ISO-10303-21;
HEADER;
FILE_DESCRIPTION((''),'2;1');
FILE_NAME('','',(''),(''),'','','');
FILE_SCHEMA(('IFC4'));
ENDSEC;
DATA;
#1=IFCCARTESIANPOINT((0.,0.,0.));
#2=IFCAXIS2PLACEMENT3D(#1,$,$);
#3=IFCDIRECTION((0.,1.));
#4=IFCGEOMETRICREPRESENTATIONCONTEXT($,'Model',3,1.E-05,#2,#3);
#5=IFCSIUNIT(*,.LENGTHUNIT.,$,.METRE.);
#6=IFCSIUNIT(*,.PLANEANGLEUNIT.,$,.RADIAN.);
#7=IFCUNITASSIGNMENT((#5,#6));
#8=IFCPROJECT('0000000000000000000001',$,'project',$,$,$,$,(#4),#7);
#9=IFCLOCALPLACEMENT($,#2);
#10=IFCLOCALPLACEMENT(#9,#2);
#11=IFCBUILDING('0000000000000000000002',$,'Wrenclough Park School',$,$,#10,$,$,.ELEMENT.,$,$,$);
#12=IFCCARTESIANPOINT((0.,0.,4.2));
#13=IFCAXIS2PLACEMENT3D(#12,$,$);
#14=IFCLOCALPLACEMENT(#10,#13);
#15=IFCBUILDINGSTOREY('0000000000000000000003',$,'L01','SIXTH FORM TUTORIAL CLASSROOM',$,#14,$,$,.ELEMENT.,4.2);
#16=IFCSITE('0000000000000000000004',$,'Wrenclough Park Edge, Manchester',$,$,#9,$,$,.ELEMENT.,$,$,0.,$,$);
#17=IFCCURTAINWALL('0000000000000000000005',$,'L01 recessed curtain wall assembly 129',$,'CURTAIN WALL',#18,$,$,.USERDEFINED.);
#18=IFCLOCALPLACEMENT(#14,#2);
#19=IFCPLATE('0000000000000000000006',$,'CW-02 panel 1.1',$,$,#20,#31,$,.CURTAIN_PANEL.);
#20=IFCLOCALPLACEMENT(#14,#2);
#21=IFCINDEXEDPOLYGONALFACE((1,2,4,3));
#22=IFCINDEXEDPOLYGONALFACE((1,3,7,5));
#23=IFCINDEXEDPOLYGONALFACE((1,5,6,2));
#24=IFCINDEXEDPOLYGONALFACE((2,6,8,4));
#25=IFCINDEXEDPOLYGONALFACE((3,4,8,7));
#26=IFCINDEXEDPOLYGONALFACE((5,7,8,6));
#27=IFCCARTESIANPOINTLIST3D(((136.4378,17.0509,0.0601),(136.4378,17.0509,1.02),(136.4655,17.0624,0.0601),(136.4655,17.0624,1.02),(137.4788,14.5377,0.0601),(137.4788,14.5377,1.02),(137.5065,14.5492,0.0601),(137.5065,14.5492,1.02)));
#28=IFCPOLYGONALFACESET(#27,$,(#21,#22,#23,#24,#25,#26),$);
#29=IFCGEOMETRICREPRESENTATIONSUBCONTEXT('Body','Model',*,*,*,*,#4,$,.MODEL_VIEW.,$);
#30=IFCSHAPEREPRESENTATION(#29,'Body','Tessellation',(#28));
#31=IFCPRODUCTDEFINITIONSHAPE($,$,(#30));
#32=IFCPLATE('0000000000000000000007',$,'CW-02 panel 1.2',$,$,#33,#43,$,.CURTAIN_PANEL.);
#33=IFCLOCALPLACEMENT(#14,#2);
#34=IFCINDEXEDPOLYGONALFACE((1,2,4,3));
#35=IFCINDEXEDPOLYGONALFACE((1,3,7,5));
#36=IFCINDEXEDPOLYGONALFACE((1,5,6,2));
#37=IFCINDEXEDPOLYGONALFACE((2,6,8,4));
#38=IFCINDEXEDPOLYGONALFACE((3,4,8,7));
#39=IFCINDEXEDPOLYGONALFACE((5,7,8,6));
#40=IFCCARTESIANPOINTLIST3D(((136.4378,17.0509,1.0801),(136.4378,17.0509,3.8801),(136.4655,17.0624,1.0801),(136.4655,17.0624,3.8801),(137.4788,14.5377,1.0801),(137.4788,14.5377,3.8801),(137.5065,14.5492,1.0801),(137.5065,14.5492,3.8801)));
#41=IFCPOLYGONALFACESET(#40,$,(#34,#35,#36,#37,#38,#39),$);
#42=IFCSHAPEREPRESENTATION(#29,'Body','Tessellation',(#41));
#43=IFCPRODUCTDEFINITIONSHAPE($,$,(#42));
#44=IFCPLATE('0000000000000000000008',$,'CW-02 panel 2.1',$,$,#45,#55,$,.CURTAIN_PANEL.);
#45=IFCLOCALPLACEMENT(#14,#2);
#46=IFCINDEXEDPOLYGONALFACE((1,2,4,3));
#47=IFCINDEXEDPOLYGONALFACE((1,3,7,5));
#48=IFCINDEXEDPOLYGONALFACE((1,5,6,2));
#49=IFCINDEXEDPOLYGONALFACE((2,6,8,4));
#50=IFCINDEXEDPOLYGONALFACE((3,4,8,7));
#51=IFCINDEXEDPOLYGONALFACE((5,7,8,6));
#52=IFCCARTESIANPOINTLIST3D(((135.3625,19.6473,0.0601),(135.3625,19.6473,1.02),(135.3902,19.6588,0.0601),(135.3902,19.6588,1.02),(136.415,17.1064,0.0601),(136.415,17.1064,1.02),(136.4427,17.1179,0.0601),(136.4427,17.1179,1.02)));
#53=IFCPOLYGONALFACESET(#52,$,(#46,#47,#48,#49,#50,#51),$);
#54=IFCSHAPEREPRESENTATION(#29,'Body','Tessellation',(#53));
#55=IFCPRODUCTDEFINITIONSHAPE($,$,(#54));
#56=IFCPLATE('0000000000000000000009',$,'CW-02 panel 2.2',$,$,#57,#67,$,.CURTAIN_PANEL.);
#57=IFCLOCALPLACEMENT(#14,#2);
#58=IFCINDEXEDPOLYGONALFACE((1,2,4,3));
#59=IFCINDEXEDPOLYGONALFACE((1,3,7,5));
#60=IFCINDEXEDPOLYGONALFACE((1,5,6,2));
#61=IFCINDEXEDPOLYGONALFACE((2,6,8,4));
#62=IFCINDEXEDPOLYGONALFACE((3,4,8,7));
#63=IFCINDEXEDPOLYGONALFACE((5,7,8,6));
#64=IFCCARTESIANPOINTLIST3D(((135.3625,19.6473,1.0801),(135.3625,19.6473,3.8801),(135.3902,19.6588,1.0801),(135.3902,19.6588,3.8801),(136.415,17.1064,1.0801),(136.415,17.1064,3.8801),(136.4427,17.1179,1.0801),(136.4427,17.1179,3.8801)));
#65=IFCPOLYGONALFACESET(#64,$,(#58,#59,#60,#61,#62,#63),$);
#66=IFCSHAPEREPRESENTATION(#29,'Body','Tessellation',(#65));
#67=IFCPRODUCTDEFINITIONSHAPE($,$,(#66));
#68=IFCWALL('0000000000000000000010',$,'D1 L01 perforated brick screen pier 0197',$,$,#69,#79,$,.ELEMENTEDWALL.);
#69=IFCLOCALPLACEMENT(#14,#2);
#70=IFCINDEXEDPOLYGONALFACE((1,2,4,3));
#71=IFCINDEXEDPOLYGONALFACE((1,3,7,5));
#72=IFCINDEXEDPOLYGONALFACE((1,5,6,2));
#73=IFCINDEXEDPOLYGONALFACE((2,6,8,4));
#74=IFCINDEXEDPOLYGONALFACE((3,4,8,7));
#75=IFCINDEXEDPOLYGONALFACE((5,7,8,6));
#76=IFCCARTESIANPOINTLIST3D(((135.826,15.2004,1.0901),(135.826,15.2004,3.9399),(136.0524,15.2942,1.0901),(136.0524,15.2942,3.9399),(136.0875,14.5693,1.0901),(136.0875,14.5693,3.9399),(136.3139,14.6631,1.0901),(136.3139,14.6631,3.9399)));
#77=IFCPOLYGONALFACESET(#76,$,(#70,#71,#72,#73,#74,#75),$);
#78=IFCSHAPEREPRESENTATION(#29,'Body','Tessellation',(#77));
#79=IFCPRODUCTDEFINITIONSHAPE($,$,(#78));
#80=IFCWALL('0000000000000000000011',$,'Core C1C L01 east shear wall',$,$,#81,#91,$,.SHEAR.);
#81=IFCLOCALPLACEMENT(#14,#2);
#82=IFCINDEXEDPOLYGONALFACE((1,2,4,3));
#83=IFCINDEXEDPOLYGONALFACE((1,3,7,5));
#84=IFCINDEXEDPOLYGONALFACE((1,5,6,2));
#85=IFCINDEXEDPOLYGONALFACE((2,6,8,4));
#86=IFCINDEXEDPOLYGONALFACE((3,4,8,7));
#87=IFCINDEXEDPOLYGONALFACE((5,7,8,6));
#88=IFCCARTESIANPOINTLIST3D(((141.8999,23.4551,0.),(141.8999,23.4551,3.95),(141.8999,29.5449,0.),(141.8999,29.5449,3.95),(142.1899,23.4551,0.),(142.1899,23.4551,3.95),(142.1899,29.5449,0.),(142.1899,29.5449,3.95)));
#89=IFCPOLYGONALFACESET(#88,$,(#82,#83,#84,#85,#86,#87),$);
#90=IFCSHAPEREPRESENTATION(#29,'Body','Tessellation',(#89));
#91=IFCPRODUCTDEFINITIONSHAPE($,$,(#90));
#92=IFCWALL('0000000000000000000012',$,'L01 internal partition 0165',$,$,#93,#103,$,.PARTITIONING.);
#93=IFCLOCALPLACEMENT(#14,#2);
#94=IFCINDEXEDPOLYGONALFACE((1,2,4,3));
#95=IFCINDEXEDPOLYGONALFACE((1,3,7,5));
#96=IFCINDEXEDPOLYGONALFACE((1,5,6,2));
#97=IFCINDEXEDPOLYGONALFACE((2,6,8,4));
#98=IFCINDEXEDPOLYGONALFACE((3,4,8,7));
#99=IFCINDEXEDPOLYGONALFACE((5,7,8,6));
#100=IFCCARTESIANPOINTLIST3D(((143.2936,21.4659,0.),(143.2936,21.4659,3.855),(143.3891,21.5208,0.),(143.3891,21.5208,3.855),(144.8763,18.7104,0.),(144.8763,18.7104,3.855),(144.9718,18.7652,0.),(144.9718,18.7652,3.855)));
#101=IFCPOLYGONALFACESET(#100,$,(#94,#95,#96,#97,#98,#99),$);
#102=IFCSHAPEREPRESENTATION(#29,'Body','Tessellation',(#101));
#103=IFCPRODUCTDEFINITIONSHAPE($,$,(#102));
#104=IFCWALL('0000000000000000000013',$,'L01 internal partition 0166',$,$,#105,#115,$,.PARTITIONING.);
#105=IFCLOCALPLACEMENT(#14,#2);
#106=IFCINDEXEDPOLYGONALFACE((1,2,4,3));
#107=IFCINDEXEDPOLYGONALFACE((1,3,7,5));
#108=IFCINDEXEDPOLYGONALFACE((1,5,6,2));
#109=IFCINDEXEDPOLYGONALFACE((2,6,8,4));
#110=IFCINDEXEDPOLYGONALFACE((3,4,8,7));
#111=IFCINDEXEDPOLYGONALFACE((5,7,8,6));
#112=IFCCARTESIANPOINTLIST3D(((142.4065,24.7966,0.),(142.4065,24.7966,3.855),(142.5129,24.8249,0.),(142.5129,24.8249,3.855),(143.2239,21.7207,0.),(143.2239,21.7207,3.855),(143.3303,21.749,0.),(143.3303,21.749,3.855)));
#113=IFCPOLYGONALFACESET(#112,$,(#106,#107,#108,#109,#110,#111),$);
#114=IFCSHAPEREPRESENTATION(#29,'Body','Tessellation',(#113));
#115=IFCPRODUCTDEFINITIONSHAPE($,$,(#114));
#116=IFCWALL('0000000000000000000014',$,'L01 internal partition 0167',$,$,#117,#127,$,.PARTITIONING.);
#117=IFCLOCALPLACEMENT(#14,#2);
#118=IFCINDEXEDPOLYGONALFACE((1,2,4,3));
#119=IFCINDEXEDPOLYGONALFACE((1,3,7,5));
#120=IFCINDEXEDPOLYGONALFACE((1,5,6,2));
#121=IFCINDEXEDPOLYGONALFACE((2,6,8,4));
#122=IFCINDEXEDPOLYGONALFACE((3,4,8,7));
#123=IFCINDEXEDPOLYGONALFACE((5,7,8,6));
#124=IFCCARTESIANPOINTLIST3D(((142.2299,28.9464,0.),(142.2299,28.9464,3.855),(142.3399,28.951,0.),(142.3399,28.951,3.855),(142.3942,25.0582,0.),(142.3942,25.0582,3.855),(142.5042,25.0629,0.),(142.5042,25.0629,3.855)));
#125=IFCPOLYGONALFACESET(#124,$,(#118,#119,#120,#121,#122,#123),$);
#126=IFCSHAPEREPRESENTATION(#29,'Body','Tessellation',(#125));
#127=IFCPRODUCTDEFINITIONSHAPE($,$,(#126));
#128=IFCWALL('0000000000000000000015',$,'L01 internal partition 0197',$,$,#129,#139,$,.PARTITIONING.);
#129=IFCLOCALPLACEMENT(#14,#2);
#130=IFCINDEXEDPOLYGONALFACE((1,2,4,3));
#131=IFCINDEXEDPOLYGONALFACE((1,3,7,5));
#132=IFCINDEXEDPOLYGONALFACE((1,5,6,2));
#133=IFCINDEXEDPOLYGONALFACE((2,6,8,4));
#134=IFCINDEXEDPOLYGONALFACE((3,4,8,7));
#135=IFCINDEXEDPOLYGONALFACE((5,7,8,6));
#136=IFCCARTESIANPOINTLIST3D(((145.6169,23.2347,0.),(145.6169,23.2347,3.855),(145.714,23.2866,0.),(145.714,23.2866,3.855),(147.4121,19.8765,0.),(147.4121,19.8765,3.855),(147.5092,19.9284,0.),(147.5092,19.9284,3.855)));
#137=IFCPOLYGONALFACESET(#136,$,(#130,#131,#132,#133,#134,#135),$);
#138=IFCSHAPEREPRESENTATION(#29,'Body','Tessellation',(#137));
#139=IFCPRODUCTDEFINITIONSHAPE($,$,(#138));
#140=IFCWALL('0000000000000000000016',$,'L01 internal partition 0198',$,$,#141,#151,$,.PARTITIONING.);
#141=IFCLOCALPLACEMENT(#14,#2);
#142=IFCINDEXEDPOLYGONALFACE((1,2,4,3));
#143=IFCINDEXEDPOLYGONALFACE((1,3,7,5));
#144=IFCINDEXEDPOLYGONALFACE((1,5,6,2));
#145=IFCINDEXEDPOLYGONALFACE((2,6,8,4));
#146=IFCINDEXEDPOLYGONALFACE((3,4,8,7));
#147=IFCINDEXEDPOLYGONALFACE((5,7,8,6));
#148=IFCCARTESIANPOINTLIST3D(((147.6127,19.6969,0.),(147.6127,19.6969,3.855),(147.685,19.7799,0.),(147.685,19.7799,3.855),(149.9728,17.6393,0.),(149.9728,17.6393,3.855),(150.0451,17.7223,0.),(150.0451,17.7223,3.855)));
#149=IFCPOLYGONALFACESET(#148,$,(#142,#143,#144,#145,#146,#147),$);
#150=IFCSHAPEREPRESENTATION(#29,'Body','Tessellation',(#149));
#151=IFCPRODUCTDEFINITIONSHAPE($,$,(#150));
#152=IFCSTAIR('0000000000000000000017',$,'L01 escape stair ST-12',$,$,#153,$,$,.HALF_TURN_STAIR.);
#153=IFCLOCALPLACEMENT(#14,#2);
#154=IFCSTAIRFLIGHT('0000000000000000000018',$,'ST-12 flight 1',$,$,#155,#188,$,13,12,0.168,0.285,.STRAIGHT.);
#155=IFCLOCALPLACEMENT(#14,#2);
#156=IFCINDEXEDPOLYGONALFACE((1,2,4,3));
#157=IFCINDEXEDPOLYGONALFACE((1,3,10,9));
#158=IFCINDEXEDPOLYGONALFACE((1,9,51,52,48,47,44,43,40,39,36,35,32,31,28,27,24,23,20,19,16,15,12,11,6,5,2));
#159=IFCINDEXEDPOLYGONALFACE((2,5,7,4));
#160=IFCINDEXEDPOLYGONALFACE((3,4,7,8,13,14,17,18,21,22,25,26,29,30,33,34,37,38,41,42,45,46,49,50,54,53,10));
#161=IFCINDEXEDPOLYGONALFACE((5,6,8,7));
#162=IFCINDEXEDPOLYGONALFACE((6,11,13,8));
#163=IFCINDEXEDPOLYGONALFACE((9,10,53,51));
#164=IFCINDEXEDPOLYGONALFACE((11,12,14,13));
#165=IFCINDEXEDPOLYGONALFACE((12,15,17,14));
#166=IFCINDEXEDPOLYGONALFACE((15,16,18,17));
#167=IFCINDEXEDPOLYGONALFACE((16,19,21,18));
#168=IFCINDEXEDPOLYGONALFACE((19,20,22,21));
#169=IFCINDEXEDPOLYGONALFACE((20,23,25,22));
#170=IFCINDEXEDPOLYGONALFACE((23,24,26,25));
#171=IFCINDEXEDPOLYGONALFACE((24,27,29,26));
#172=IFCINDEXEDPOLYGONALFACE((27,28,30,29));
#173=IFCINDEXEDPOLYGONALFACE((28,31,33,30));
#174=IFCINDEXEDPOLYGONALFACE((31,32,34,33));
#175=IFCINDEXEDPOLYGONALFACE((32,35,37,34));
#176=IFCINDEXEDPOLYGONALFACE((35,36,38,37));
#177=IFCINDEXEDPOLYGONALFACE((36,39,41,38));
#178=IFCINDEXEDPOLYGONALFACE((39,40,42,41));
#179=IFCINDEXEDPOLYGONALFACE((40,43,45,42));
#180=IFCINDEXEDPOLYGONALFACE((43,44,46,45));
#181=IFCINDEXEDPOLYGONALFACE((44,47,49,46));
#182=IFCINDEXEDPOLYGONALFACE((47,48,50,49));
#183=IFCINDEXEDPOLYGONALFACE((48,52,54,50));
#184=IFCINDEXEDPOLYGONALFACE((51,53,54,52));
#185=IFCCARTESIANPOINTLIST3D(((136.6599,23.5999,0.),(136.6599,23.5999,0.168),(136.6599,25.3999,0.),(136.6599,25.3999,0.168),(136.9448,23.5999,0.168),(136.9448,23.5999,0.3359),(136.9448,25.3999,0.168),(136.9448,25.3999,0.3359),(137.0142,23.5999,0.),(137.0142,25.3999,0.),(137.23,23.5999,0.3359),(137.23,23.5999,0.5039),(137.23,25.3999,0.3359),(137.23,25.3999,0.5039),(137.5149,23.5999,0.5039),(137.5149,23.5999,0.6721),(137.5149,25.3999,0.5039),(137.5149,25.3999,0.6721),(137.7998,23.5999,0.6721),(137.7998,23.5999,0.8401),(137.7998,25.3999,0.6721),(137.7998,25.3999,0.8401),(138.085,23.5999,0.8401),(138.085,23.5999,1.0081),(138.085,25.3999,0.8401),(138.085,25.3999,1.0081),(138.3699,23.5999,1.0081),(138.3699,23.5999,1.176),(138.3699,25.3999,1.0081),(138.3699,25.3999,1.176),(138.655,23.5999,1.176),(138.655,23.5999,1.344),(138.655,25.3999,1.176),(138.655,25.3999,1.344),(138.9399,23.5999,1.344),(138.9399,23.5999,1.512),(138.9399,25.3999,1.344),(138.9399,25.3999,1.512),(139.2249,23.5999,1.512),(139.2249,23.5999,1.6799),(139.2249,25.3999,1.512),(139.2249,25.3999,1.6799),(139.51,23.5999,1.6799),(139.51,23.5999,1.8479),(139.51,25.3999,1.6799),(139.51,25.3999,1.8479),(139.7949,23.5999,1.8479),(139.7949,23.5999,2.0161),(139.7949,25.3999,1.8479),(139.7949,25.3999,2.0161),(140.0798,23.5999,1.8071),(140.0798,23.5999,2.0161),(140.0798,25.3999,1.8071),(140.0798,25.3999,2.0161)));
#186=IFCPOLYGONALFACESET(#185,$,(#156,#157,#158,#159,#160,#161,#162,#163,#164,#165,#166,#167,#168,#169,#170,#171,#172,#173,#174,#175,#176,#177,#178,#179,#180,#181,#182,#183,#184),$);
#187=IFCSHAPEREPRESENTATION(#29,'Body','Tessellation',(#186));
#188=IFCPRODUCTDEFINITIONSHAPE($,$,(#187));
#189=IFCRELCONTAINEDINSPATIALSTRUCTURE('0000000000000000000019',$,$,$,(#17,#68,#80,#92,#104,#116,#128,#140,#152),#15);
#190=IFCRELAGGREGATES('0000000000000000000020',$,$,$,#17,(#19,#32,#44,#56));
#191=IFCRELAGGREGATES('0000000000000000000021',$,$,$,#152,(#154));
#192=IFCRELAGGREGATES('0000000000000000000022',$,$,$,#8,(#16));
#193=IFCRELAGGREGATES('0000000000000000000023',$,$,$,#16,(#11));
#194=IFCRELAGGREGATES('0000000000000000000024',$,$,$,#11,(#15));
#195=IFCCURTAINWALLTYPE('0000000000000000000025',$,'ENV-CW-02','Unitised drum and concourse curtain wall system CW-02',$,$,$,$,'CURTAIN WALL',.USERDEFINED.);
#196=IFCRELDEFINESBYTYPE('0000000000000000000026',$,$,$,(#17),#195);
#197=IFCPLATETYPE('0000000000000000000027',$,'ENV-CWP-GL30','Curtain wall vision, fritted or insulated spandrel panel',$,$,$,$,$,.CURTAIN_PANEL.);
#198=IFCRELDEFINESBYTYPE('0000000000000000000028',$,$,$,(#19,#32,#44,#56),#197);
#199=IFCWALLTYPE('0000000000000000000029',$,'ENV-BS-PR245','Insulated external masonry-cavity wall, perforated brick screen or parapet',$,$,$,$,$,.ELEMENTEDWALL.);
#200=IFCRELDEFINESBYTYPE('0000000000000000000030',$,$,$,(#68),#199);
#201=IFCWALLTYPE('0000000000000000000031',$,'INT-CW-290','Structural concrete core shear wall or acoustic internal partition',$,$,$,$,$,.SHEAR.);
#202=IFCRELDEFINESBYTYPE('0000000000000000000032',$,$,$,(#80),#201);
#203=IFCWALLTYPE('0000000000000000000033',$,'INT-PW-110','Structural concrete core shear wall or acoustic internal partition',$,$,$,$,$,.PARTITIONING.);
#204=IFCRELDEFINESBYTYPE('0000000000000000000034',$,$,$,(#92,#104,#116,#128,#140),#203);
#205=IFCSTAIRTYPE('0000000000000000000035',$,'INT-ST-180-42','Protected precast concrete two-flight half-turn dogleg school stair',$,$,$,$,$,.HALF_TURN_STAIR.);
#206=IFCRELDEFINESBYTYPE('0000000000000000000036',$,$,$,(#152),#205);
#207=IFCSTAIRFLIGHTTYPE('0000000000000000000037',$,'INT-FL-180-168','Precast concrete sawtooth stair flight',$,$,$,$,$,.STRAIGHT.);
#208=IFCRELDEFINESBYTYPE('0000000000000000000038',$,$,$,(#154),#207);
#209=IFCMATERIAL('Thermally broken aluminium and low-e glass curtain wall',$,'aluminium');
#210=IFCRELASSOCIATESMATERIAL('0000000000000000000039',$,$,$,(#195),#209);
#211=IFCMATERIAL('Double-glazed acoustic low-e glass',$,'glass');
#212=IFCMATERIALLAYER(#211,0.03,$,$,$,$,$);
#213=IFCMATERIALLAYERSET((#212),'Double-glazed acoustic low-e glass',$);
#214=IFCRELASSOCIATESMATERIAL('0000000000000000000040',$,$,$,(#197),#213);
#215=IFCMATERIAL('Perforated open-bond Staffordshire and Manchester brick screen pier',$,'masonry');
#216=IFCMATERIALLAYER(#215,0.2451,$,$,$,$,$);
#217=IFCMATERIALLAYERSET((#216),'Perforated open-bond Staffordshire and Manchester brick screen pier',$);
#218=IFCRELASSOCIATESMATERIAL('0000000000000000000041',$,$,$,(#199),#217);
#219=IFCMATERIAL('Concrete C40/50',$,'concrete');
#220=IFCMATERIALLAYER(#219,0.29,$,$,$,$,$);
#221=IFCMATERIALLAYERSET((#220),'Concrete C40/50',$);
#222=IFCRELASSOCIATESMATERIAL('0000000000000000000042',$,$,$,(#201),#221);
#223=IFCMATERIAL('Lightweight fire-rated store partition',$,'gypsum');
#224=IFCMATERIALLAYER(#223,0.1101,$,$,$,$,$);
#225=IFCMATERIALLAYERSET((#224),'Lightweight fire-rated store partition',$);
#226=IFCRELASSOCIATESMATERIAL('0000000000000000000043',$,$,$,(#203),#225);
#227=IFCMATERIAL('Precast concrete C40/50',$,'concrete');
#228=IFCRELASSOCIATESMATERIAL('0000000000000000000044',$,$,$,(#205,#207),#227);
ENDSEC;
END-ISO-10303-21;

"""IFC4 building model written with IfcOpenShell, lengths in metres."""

from ifc_helpers import new_model, si_unit, direction, frame, frame_2d, origin, origin_2d, place, context, subcontext, project, spatial, polyline, rectangle, outline, extrude, material, layer, layer_set, type_object, element, aggregate, save


model = new_model("IFC4")

# Units and contexts
model_context = context("Model", 3, precision=1e-05, world=origin(), true_north=direction((0.0, 1.0)))
body_context = subcontext(model_context, "Body", "Model", "MODEL_VIEW")
ifc_project = project(units=[si_unit("LENGTHUNIT", "METRE"), si_unit("PLANEANGLEUNIT", "RADIAN")], contexts=[model_context])

# Site, building, storey
site_placement = place(None, origin())
site = spatial("IfcSite", under=ifc_project, at=site_placement, Name="Wrenclough Park Edge, Manchester", CompositionType="ELEMENT", RefElevation=0.0)
building_placement = place(site_placement, origin())
building = spatial("IfcBuilding", under=site, at=building_placement, Name="Wrenclough Park School", CompositionType="ELEMENT")
storey_placement = place(building_placement, frame((0.0, 0.0, 4.2)))
storey = spatial("IfcBuildingStorey", under=building, at=storey_placement, Name="L01", Description="SIXTH FORM TUTORIAL CLASSROOM", CompositionType="ELEMENT", Elevation=4.2)

# Curtain wall
ifc_material_1 = material(Name="Thermally broken aluminium and low-e glass curtain wall", Category="aluminium")
curtain_wall_type = type_object("IfcCurtainWallType", Name="ENV-CW-02", Description="Unitised drum and concourse curtain wall system CW-02", ElementType="CURTAIN WALL", PredefinedType="USERDEFINED", material=ifc_material_1)
curtain_wall_placement = place(storey_placement, origin())
curtain_wall = element("IfcCurtainWall", 1, at=curtain_wall_placement, inside=storey, type_object=curtain_wall_type, Name="L01 recessed curtain wall assembly 129", ObjectType="CURTAIN WALL", PredefinedType="USERDEFINED")

# Plates
ifc_material_2 = material(Name="Double-glazed acoustic low-e glass", Category="glass")
ifc_layer_1 = layer(ifc_material_2, 0.03)
ifc_layer_set_1 = layer_set([ifc_layer_1], Name="Double-glazed acoustic low-e glass")
plate_type = type_object("IfcPlateType", Name="ENV-CWP-GL30", Description="Curtain wall vision, fritted or insulated spandrel panel", PredefinedType="CURTAIN_PANEL", material=ifc_layer_set_1)
plate_1_placement = place(storey_placement, frame((136.9722, 15.8, 0.0601), z_axis=(0.0, 0.0, 1.0), x_axis=(-0.382687, 0.923878, 0.0)))
plate_1 = element("IfcPlate", 2, at=plate_1_placement, type_object=plate_type, Name="CW-02 panel 1.1", PredefinedType="CURTAIN_PANEL", context=body_context, shape_type="SweptSolid", body=[
    extrude(rectangle(XDim=2.7202, YDim=0.03, at=origin_2d()), origin(), (0.0, 0.0, 1.0), 0.96),
])
plate_2_placement = place(storey_placement, frame((136.9722, 15.8, 1.0801), z_axis=(0.0, 0.0, 1.0), x_axis=(-0.382687, 0.923878, 0.0)))
plate_2 = element("IfcPlate", 3, at=plate_2_placement, type_object=plate_type, Name="CW-02 panel 1.2", PredefinedType="CURTAIN_PANEL", context=body_context, shape_type="SweptSolid", body=[
    extrude(rectangle(XDim=2.7202, YDim=0.03, at=origin_2d()), origin(), (0.0, 0.0, 1.0), 2.8),
])
plate_3_placement = place(storey_placement, frame((135.9026, 18.3826, 0.0601), z_axis=(0.0, 0.0, 1.0), x_axis=(-0.382687, 0.923878, 0.0)))
plate_3 = element("IfcPlate", 4, at=plate_3_placement, type_object=plate_type, Name="CW-02 panel 2.1", PredefinedType="CURTAIN_PANEL", context=body_context, shape_type="SweptSolid", body=[
    extrude(rectangle(XDim=2.7502, YDim=0.03, at=origin_2d()), origin(), (0.0, 0.0, 1.0), 0.96),
])
plate_4_placement = place(storey_placement, frame((135.9026, 18.3826, 1.0801), z_axis=(0.0, 0.0, 1.0), x_axis=(-0.382687, 0.923878, 0.0)))
plate_4 = element("IfcPlate", 5, at=plate_4_placement, type_object=plate_type, Name="CW-02 panel 2.2", PredefinedType="CURTAIN_PANEL", context=body_context, shape_type="SweptSolid", body=[
    extrude(rectangle(XDim=2.7502, YDim=0.03, at=origin_2d()), origin(), (0.0, 0.0, 1.0), 2.8),
])
aggregate(curtain_wall, [plate_1, plate_2, plate_3, plate_4])

# Walls
ifc_material_3 = material(Name="Perforated open-bond Staffordshire and Manchester brick screen pier", Category="masonry")
ifc_layer_2 = layer(ifc_material_3, 0.2451)
ifc_layer_set_2 = layer_set([ifc_layer_2], Name="Perforated open-bond Staffordshire and Manchester brick screen pier")
wall_type_1 = type_object("IfcWallType", Name="ENV-BS-PR245", Description="Insulated external masonry-cavity wall, perforated brick screen or parapet", PredefinedType="ELEMENTEDWALL", material=ifc_layer_set_2)
wall_1_placement = place(storey_placement, frame((135.9392, 15.2473, 1.0901), z_axis=(0.0, 0.0, 1.0), x_axis=(0.382762, -0.923847, 0.0)))
element("IfcWall", 6, at=wall_1_placement, inside=storey, type_object=wall_type_1, Name="D1 L01 perforated brick screen pier 0197", PredefinedType="ELEMENTEDWALL", context=body_context, shape_type="SweptSolid", body=[
    extrude(rectangle(XDim=0.6831, YDim=0.2451, at=frame_2d((0.3416, 0.0))), origin(), (0.0, 0.0, 1.0), 2.8499),
])
ifc_material_4 = material(Name="Concrete C40/50", Category="concrete")
ifc_layer_3 = layer(ifc_material_4, 0.29)
ifc_layer_set_3 = layer_set([ifc_layer_3], Name="Concrete C40/50")
wall_type_2 = type_object("IfcWallType", Name="INT-CW-290", Description="Structural concrete core shear wall or acoustic internal partition", PredefinedType="SHEAR", material=ifc_layer_set_3)
wall_2_placement = place(storey_placement, frame((142.0449, 23.4551, 0.0), z_axis=(0.0, 0.0, 1.0), x_axis=(0.0, 1.0, 0.0)))
element("IfcWall", 7, at=wall_2_placement, inside=storey, type_object=wall_type_2, Name="Core C1C L01 east shear wall", PredefinedType="SHEAR", context=body_context, shape_type="SweptSolid", body=[
    extrude(rectangle(XDim=6.0898, YDim=0.29, at=frame_2d((3.0449, 0.0))), origin(), (0.0, 0.0, 1.0), 3.95),
])

# Shared definitions
ifc_material_5 = material(Name="Lightweight fire-rated store partition", Category="gypsum")
ifc_layer_4 = layer(ifc_material_5, 0.1101)
ifc_layer_set_4 = layer_set([ifc_layer_4], Name="Lightweight fire-rated store partition")
wall_type_3 = type_object("IfcWallType", Name="INT-PW-110", Description="Structural concrete core shear wall or acoustic internal partition", PredefinedType="PARTITIONING", material=ifc_layer_set_4)

# Walls
wall_3_placement = place(storey_placement, frame((144.9241, 18.7378, 0.0), z_axis=(0.0, 0.0, 1.0), x_axis=(-0.498065, 0.867139, 0.0)))
element("IfcWall", 8, at=wall_3_placement, inside=storey, type_object=wall_type_3, Name="L01 internal partition 0165", PredefinedType="PARTITIONING", context=body_context, shape_type="SweptSolid", body=[
    extrude(rectangle(XDim=3.1777, YDim=0.1101, at=frame_2d((1.5889, 0.0))), origin(), (0.0, 0.0, 1.0), 3.855),
])
wall_4_placement = place(storey_placement, frame((143.2771, 21.7349, 0.0), z_axis=(0.0, 0.0, 1.0), x_axis=(-0.256822, 0.966459, 0.0)))
element("IfcWall", 9, at=wall_4_placement, inside=storey, type_object=wall_type_3, Name="L01 internal partition 0166", PredefinedType="PARTITIONING", context=body_context, shape_type="SweptSolid", body=[
    extrude(rectangle(XDim=3.1826, YDim=0.1101, at=frame_2d((1.5913, 0.0))), origin(), (0.0, 0.0, 1.0), 3.855),
])
wall_5_placement = place(storey_placement, frame((142.4492, 25.0605, 0.0), z_axis=(0.0, 0.0, 1.0), x_axis=(-0.04222, 0.999108, 0.0)))
element("IfcWall", 10, at=wall_5_placement, inside=storey, type_object=wall_type_3, Name="L01 internal partition 0167", PredefinedType="PARTITIONING", context=body_context, shape_type="SweptSolid", body=[
    extrude(rectangle(XDim=3.8916, YDim=0.1101, at=frame_2d((1.9458, 0.0))), origin(), (0.0, 0.0, 1.0), 3.855),
])
wall_6_placement = place(storey_placement, frame((145.6655, 23.2605, 0.0), z_axis=(0.0, 0.0, 1.0), x_axis=(0.471437, -0.8819, 0.0)))
element("IfcWall", 11, at=wall_6_placement, inside=storey, type_object=wall_type_3, Name="L01 internal partition 0197", PredefinedType="PARTITIONING", context=body_context, shape_type="SweptSolid", body=[
    extrude(rectangle(XDim=3.8079, YDim=0.1101, at=frame_2d((1.9038, 0.0))), origin(), (0.0, 0.0, 1.0), 3.855),
])
wall_7_placement = place(storey_placement, frame((147.6489, 19.7383, 0.0), z_axis=(0.0, 0.0, 1.0), x_axis=(0.753759, -0.657151, 0.0)))
element("IfcWall", 12, at=wall_7_placement, inside=storey, type_object=wall_type_3, Name="L01 internal partition 0198", PredefinedType="PARTITIONING", context=body_context, shape_type="SweptSolid", body=[
    extrude(rectangle(XDim=3.1311, YDim=0.1101, at=frame_2d((1.5654, 0.0))), origin(), (0.0, 0.0, 1.0), 3.855),
])

# Stair, stair flight
ifc_material_6 = material(Name="Precast concrete C40/50", Category="concrete")
stair_type = type_object("IfcStairType", Name="INT-ST-180-42", Description="Protected precast concrete two-flight half-turn dogleg school stair", PredefinedType="HALF_TURN_STAIR", material=ifc_material_6)
stair_placement = place(storey_placement, origin())
stair = element("IfcStair", 13, at=stair_placement, inside=storey, type_object=stair_type, Name="L01 escape stair ST-12", PredefinedType="HALF_TURN_STAIR")
stair_flight_type = type_object("IfcStairFlightType", Name="INT-FL-180-168", Description="Precast concrete sawtooth stair flight", PredefinedType="STRAIGHT", material=ifc_material_6)
stair_flight_placement = place(storey_placement, frame((136.6599, 24.5, 0.0), z_axis=(0.0, 0.0, 1.0), x_axis=(1.0, 0.0, 0.0)))
stair_flight = element("IfcStairFlight", 14, at=stair_flight_placement, type_object=stair_flight_type, Name="ST-12 flight 1", NumberOfRisers=13, NumberOfTreads=12, PredefinedType="STRAIGHT", RiserHeight=0.168, TreadLength=0.285, context=body_context, shape_type="SweptSolid", body=[
    extrude(outline(polyline([(0.0, 0.0), (0.0, 0.168), (0.2849, 0.168), (0.2849, 0.3359), (0.5701, 0.3359), (0.5701, 0.5039), (0.855, 0.5039), (0.855, 0.6721), (1.1399, 0.6721), (1.1399, 0.8401), (1.425, 0.8401), (1.425, 1.0081), (1.71, 1.0081), (1.71, 1.176), (1.9951, 1.176), (1.9951, 1.344), (2.28, 1.344), (2.28, 1.512), (2.5649, 1.512), (2.5649, 1.6799), (2.8501, 1.6799), (2.8501, 1.8479), (3.135, 1.8479), (3.135, 2.0161), (3.4199, 2.0161), (3.4199, 2.1841), (3.4199, 1.8071), (0.3542, 0.0), (0.0, 0.0)])), frame((0.0, 0.8999, 0.0), z_axis=(0.0, -1.0, 0.0), x_axis=(1.0, 0.0, 0.0)), (0.0, 0.0, 1.0), 1.8),
])
aggregate(stair, [stair_flight])

save(model, "model.ifc")
